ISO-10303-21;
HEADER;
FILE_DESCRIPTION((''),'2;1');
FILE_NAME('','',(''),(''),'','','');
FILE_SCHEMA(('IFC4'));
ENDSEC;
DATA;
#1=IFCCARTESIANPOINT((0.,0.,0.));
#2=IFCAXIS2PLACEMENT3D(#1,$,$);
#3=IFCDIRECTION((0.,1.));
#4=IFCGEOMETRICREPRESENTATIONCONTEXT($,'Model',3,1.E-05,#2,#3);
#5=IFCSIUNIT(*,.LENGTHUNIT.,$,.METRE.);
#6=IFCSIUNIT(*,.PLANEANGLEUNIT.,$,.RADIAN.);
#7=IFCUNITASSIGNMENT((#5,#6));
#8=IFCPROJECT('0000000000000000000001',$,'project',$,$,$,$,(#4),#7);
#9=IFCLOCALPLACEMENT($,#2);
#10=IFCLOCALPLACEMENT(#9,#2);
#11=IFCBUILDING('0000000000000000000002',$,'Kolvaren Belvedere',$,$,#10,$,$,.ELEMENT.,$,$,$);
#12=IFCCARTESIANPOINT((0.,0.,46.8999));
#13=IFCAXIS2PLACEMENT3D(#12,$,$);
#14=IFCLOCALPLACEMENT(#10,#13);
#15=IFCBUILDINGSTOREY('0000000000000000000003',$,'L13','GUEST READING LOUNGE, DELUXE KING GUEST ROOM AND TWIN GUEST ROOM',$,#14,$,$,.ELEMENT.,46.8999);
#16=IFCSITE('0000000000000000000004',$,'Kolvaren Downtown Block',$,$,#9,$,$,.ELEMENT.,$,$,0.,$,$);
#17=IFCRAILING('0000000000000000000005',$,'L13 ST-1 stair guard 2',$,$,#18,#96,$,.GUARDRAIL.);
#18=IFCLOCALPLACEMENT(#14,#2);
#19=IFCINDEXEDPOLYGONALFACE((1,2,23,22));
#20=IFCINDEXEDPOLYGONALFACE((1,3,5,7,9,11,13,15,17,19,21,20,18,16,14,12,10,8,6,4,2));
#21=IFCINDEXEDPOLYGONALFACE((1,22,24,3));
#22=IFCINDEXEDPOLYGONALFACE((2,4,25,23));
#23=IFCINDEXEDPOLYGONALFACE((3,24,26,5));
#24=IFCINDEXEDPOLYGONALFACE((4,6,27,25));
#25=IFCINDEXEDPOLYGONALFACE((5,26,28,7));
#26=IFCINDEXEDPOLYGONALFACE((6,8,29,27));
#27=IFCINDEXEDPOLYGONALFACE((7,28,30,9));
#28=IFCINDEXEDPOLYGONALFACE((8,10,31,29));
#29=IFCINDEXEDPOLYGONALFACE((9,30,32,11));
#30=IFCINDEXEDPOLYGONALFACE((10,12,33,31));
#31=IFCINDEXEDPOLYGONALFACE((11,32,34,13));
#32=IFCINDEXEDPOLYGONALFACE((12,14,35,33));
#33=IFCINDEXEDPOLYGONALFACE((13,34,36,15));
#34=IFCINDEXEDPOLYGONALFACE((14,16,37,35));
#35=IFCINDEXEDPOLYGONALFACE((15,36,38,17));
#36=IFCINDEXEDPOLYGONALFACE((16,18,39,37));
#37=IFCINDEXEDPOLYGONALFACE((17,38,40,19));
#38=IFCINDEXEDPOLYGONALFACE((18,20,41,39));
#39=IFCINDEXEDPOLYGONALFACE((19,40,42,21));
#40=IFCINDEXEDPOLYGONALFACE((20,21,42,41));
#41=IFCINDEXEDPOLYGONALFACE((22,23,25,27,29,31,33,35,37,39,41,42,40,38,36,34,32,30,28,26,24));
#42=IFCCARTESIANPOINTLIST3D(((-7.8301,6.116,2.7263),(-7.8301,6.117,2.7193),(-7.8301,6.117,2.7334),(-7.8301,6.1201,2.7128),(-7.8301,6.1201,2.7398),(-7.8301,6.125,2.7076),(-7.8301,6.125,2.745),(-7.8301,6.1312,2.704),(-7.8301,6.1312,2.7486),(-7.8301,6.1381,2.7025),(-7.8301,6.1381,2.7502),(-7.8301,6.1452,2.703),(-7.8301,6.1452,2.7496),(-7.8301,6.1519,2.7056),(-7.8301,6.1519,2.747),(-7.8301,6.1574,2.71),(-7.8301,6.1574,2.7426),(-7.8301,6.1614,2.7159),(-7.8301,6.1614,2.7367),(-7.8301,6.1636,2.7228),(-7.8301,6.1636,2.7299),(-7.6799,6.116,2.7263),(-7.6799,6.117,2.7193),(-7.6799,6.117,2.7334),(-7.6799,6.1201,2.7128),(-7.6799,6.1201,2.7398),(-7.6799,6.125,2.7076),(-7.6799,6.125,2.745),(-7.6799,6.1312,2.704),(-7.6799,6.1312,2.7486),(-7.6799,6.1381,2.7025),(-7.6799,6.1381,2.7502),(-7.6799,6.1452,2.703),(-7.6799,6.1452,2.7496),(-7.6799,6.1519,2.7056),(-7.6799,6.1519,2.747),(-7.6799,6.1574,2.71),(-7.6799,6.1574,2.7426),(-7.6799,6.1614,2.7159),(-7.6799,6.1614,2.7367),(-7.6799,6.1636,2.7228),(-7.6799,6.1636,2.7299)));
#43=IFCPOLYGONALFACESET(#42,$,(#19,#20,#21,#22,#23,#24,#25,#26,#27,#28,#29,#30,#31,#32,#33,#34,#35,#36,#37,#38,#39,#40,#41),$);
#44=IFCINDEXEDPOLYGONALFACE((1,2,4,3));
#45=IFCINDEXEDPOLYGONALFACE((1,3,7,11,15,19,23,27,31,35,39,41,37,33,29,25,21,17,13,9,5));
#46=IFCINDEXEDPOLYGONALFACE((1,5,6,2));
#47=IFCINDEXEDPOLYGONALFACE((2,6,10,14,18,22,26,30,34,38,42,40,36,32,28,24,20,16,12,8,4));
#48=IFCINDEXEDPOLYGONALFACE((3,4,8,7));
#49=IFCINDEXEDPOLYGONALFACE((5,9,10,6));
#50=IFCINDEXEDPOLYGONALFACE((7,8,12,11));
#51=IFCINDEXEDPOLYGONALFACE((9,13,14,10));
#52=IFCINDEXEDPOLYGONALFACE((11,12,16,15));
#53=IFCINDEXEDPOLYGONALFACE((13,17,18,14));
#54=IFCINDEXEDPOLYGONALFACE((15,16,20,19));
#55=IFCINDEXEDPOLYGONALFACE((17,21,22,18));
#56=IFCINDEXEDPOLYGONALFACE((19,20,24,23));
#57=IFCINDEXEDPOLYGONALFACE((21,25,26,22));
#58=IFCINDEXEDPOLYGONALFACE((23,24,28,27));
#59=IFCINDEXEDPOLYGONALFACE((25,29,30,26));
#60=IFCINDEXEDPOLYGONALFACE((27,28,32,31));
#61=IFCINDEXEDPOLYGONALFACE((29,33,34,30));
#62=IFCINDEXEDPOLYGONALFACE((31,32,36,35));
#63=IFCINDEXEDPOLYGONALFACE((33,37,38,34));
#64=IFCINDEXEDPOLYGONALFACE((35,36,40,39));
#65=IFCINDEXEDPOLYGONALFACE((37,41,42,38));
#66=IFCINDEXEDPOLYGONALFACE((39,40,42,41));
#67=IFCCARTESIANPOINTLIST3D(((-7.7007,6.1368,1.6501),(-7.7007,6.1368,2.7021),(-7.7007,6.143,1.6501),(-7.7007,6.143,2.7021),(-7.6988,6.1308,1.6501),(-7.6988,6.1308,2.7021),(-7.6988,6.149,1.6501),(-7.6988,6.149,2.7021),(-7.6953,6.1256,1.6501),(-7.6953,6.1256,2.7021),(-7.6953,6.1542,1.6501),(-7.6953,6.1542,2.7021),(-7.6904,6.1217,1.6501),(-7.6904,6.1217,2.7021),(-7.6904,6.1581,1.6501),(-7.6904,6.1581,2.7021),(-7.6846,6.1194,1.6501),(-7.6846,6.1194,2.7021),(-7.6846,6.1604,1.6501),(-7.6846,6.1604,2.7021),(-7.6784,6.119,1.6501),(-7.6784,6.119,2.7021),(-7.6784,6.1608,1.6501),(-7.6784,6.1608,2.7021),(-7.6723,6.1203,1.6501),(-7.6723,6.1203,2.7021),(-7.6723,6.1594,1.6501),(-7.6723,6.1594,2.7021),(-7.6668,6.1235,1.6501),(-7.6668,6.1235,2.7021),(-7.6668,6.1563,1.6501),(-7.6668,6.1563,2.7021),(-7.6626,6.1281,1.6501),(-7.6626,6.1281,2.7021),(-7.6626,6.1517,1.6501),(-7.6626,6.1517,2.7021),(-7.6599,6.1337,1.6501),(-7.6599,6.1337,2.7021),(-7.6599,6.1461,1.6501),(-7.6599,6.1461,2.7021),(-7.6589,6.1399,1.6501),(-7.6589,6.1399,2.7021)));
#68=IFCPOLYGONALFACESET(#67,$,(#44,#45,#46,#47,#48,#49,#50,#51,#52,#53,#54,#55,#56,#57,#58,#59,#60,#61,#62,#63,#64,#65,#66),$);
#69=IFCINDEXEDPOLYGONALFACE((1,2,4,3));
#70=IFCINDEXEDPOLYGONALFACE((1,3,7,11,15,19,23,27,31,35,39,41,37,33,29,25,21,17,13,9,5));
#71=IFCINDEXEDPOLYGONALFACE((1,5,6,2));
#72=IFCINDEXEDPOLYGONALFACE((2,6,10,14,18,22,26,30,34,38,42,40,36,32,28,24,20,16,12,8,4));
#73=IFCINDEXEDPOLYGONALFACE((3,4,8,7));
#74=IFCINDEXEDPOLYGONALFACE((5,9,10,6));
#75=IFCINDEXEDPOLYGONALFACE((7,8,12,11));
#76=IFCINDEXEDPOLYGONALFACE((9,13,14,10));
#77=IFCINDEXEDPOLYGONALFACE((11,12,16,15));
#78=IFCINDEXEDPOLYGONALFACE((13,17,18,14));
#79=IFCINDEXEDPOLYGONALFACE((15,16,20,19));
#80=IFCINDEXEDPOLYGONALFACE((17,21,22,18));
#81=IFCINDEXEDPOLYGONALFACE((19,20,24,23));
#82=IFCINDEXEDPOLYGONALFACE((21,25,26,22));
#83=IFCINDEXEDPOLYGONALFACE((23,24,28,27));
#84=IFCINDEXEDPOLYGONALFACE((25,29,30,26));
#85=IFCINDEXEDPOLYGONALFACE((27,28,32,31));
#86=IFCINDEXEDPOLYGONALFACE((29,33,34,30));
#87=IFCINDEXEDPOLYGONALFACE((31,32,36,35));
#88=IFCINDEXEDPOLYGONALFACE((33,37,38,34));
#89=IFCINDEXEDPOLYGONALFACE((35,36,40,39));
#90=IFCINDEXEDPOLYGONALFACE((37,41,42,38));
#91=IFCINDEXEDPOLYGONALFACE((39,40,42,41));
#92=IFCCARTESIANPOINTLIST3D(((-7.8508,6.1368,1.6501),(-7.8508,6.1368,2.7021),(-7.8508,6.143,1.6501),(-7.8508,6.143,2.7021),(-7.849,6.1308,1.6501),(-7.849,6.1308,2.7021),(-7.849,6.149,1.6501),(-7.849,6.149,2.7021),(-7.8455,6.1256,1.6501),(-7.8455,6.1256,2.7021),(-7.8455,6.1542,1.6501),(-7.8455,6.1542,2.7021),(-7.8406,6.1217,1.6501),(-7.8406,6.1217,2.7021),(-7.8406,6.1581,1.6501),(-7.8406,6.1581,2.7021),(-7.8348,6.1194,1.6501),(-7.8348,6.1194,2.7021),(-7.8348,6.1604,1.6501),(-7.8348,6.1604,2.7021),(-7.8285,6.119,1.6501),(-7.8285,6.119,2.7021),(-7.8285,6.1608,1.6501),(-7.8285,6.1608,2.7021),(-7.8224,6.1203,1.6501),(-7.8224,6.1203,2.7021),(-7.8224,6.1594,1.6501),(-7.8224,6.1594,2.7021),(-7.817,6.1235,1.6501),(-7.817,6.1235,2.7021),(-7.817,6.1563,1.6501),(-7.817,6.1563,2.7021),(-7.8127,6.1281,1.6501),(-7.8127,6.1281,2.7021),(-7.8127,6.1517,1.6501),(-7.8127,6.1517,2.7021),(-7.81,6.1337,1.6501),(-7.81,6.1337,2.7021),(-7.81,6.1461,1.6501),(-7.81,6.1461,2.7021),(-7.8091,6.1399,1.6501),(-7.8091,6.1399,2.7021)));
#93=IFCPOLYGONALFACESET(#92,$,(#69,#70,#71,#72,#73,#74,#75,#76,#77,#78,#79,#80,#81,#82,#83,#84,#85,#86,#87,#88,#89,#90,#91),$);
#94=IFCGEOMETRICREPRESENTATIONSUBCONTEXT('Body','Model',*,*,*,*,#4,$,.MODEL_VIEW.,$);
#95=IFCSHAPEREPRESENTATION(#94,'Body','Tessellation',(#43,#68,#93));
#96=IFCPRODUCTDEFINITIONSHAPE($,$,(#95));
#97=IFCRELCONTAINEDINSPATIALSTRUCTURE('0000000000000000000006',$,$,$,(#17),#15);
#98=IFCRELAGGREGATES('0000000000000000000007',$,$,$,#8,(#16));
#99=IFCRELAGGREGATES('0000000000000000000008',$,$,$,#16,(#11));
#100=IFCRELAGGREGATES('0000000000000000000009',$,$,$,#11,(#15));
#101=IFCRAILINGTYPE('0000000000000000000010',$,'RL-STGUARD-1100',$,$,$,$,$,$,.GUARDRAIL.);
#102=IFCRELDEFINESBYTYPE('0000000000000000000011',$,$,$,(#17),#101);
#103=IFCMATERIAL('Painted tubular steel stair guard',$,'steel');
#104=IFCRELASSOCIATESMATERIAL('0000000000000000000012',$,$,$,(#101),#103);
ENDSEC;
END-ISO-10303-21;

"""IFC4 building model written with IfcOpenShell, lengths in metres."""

from ifc_helpers import new_model, si_unit, direction, frame, origin, origin_2d, place, context, subcontext, project, spatial, circle, extrude, material, type_object, element, save


model = new_model("IFC4")

# Units and contexts
model_context = context("Model", 3, precision=1e-05, world=origin(), true_north=direction((0.0, 1.0)))
body_context = subcontext(model_context, "Body", "Model", "MODEL_VIEW")
ifc_project = project(units=[si_unit("LENGTHUNIT", "METRE"), si_unit("PLANEANGLEUNIT", "RADIAN")], contexts=[model_context])

# Site, building, storey
site_placement = place(None, origin())
site = spatial("IfcSite", under=ifc_project, at=site_placement, Name="Kolvaren Downtown Block", CompositionType="ELEMENT", RefElevation=0.0)
building_placement = place(site_placement, origin())
building = spatial("IfcBuilding", under=site, at=building_placement, Name="Kolvaren Belvedere", CompositionType="ELEMENT")
storey_placement = place(building_placement, frame((0.0, 0.0, 46.8999)))
storey = spatial("IfcBuildingStorey", under=building, at=storey_placement, Name="L13", Description="GUEST READING LOUNGE, DELUXE KING GUEST ROOM AND TWIN GUEST ROOM", CompositionType="ELEMENT", Elevation=46.8999)

# Railing
ifc_material_1 = material(Name="Painted tubular steel stair guard", Category="steel")
railing_type_1 = type_object("IfcRailingType", Name="RL-STGUARD-1100", PredefinedType="GUARDRAIL", material=ifc_material_1)
railing_1_placement = place(storey_placement, frame((-7.6799, 6.1399, 1.6501)))
element("IfcRailing", 1, at=railing_1_placement, inside=storey, type_object=railing_type_1, Name="L13 ST-1 stair guard 2", PredefinedType="GUARDRAIL", context=body_context, shape_type="SweptSolid", body=[
    extrude(circle(Radius=0.0239, at=origin_2d()), frame((0.0, 0.0, 1.0762), z_axis=(-1.0, 0.0, 0.0), x_axis=(0.0, -1.0, 0.0)), (0.0, 0.0, 1.0), 0.1501),
    extrude(circle(Radius=0.021, at=origin_2d()), origin(), (0.0, 0.0, 1.0), 1.052),
    extrude(circle(Radius=0.021, at=origin_2d()), frame((-0.1501, 0.0, 0.0)), (0.0, 0.0, 1.0), 1.052),
])

save(model, "model.ifc")
